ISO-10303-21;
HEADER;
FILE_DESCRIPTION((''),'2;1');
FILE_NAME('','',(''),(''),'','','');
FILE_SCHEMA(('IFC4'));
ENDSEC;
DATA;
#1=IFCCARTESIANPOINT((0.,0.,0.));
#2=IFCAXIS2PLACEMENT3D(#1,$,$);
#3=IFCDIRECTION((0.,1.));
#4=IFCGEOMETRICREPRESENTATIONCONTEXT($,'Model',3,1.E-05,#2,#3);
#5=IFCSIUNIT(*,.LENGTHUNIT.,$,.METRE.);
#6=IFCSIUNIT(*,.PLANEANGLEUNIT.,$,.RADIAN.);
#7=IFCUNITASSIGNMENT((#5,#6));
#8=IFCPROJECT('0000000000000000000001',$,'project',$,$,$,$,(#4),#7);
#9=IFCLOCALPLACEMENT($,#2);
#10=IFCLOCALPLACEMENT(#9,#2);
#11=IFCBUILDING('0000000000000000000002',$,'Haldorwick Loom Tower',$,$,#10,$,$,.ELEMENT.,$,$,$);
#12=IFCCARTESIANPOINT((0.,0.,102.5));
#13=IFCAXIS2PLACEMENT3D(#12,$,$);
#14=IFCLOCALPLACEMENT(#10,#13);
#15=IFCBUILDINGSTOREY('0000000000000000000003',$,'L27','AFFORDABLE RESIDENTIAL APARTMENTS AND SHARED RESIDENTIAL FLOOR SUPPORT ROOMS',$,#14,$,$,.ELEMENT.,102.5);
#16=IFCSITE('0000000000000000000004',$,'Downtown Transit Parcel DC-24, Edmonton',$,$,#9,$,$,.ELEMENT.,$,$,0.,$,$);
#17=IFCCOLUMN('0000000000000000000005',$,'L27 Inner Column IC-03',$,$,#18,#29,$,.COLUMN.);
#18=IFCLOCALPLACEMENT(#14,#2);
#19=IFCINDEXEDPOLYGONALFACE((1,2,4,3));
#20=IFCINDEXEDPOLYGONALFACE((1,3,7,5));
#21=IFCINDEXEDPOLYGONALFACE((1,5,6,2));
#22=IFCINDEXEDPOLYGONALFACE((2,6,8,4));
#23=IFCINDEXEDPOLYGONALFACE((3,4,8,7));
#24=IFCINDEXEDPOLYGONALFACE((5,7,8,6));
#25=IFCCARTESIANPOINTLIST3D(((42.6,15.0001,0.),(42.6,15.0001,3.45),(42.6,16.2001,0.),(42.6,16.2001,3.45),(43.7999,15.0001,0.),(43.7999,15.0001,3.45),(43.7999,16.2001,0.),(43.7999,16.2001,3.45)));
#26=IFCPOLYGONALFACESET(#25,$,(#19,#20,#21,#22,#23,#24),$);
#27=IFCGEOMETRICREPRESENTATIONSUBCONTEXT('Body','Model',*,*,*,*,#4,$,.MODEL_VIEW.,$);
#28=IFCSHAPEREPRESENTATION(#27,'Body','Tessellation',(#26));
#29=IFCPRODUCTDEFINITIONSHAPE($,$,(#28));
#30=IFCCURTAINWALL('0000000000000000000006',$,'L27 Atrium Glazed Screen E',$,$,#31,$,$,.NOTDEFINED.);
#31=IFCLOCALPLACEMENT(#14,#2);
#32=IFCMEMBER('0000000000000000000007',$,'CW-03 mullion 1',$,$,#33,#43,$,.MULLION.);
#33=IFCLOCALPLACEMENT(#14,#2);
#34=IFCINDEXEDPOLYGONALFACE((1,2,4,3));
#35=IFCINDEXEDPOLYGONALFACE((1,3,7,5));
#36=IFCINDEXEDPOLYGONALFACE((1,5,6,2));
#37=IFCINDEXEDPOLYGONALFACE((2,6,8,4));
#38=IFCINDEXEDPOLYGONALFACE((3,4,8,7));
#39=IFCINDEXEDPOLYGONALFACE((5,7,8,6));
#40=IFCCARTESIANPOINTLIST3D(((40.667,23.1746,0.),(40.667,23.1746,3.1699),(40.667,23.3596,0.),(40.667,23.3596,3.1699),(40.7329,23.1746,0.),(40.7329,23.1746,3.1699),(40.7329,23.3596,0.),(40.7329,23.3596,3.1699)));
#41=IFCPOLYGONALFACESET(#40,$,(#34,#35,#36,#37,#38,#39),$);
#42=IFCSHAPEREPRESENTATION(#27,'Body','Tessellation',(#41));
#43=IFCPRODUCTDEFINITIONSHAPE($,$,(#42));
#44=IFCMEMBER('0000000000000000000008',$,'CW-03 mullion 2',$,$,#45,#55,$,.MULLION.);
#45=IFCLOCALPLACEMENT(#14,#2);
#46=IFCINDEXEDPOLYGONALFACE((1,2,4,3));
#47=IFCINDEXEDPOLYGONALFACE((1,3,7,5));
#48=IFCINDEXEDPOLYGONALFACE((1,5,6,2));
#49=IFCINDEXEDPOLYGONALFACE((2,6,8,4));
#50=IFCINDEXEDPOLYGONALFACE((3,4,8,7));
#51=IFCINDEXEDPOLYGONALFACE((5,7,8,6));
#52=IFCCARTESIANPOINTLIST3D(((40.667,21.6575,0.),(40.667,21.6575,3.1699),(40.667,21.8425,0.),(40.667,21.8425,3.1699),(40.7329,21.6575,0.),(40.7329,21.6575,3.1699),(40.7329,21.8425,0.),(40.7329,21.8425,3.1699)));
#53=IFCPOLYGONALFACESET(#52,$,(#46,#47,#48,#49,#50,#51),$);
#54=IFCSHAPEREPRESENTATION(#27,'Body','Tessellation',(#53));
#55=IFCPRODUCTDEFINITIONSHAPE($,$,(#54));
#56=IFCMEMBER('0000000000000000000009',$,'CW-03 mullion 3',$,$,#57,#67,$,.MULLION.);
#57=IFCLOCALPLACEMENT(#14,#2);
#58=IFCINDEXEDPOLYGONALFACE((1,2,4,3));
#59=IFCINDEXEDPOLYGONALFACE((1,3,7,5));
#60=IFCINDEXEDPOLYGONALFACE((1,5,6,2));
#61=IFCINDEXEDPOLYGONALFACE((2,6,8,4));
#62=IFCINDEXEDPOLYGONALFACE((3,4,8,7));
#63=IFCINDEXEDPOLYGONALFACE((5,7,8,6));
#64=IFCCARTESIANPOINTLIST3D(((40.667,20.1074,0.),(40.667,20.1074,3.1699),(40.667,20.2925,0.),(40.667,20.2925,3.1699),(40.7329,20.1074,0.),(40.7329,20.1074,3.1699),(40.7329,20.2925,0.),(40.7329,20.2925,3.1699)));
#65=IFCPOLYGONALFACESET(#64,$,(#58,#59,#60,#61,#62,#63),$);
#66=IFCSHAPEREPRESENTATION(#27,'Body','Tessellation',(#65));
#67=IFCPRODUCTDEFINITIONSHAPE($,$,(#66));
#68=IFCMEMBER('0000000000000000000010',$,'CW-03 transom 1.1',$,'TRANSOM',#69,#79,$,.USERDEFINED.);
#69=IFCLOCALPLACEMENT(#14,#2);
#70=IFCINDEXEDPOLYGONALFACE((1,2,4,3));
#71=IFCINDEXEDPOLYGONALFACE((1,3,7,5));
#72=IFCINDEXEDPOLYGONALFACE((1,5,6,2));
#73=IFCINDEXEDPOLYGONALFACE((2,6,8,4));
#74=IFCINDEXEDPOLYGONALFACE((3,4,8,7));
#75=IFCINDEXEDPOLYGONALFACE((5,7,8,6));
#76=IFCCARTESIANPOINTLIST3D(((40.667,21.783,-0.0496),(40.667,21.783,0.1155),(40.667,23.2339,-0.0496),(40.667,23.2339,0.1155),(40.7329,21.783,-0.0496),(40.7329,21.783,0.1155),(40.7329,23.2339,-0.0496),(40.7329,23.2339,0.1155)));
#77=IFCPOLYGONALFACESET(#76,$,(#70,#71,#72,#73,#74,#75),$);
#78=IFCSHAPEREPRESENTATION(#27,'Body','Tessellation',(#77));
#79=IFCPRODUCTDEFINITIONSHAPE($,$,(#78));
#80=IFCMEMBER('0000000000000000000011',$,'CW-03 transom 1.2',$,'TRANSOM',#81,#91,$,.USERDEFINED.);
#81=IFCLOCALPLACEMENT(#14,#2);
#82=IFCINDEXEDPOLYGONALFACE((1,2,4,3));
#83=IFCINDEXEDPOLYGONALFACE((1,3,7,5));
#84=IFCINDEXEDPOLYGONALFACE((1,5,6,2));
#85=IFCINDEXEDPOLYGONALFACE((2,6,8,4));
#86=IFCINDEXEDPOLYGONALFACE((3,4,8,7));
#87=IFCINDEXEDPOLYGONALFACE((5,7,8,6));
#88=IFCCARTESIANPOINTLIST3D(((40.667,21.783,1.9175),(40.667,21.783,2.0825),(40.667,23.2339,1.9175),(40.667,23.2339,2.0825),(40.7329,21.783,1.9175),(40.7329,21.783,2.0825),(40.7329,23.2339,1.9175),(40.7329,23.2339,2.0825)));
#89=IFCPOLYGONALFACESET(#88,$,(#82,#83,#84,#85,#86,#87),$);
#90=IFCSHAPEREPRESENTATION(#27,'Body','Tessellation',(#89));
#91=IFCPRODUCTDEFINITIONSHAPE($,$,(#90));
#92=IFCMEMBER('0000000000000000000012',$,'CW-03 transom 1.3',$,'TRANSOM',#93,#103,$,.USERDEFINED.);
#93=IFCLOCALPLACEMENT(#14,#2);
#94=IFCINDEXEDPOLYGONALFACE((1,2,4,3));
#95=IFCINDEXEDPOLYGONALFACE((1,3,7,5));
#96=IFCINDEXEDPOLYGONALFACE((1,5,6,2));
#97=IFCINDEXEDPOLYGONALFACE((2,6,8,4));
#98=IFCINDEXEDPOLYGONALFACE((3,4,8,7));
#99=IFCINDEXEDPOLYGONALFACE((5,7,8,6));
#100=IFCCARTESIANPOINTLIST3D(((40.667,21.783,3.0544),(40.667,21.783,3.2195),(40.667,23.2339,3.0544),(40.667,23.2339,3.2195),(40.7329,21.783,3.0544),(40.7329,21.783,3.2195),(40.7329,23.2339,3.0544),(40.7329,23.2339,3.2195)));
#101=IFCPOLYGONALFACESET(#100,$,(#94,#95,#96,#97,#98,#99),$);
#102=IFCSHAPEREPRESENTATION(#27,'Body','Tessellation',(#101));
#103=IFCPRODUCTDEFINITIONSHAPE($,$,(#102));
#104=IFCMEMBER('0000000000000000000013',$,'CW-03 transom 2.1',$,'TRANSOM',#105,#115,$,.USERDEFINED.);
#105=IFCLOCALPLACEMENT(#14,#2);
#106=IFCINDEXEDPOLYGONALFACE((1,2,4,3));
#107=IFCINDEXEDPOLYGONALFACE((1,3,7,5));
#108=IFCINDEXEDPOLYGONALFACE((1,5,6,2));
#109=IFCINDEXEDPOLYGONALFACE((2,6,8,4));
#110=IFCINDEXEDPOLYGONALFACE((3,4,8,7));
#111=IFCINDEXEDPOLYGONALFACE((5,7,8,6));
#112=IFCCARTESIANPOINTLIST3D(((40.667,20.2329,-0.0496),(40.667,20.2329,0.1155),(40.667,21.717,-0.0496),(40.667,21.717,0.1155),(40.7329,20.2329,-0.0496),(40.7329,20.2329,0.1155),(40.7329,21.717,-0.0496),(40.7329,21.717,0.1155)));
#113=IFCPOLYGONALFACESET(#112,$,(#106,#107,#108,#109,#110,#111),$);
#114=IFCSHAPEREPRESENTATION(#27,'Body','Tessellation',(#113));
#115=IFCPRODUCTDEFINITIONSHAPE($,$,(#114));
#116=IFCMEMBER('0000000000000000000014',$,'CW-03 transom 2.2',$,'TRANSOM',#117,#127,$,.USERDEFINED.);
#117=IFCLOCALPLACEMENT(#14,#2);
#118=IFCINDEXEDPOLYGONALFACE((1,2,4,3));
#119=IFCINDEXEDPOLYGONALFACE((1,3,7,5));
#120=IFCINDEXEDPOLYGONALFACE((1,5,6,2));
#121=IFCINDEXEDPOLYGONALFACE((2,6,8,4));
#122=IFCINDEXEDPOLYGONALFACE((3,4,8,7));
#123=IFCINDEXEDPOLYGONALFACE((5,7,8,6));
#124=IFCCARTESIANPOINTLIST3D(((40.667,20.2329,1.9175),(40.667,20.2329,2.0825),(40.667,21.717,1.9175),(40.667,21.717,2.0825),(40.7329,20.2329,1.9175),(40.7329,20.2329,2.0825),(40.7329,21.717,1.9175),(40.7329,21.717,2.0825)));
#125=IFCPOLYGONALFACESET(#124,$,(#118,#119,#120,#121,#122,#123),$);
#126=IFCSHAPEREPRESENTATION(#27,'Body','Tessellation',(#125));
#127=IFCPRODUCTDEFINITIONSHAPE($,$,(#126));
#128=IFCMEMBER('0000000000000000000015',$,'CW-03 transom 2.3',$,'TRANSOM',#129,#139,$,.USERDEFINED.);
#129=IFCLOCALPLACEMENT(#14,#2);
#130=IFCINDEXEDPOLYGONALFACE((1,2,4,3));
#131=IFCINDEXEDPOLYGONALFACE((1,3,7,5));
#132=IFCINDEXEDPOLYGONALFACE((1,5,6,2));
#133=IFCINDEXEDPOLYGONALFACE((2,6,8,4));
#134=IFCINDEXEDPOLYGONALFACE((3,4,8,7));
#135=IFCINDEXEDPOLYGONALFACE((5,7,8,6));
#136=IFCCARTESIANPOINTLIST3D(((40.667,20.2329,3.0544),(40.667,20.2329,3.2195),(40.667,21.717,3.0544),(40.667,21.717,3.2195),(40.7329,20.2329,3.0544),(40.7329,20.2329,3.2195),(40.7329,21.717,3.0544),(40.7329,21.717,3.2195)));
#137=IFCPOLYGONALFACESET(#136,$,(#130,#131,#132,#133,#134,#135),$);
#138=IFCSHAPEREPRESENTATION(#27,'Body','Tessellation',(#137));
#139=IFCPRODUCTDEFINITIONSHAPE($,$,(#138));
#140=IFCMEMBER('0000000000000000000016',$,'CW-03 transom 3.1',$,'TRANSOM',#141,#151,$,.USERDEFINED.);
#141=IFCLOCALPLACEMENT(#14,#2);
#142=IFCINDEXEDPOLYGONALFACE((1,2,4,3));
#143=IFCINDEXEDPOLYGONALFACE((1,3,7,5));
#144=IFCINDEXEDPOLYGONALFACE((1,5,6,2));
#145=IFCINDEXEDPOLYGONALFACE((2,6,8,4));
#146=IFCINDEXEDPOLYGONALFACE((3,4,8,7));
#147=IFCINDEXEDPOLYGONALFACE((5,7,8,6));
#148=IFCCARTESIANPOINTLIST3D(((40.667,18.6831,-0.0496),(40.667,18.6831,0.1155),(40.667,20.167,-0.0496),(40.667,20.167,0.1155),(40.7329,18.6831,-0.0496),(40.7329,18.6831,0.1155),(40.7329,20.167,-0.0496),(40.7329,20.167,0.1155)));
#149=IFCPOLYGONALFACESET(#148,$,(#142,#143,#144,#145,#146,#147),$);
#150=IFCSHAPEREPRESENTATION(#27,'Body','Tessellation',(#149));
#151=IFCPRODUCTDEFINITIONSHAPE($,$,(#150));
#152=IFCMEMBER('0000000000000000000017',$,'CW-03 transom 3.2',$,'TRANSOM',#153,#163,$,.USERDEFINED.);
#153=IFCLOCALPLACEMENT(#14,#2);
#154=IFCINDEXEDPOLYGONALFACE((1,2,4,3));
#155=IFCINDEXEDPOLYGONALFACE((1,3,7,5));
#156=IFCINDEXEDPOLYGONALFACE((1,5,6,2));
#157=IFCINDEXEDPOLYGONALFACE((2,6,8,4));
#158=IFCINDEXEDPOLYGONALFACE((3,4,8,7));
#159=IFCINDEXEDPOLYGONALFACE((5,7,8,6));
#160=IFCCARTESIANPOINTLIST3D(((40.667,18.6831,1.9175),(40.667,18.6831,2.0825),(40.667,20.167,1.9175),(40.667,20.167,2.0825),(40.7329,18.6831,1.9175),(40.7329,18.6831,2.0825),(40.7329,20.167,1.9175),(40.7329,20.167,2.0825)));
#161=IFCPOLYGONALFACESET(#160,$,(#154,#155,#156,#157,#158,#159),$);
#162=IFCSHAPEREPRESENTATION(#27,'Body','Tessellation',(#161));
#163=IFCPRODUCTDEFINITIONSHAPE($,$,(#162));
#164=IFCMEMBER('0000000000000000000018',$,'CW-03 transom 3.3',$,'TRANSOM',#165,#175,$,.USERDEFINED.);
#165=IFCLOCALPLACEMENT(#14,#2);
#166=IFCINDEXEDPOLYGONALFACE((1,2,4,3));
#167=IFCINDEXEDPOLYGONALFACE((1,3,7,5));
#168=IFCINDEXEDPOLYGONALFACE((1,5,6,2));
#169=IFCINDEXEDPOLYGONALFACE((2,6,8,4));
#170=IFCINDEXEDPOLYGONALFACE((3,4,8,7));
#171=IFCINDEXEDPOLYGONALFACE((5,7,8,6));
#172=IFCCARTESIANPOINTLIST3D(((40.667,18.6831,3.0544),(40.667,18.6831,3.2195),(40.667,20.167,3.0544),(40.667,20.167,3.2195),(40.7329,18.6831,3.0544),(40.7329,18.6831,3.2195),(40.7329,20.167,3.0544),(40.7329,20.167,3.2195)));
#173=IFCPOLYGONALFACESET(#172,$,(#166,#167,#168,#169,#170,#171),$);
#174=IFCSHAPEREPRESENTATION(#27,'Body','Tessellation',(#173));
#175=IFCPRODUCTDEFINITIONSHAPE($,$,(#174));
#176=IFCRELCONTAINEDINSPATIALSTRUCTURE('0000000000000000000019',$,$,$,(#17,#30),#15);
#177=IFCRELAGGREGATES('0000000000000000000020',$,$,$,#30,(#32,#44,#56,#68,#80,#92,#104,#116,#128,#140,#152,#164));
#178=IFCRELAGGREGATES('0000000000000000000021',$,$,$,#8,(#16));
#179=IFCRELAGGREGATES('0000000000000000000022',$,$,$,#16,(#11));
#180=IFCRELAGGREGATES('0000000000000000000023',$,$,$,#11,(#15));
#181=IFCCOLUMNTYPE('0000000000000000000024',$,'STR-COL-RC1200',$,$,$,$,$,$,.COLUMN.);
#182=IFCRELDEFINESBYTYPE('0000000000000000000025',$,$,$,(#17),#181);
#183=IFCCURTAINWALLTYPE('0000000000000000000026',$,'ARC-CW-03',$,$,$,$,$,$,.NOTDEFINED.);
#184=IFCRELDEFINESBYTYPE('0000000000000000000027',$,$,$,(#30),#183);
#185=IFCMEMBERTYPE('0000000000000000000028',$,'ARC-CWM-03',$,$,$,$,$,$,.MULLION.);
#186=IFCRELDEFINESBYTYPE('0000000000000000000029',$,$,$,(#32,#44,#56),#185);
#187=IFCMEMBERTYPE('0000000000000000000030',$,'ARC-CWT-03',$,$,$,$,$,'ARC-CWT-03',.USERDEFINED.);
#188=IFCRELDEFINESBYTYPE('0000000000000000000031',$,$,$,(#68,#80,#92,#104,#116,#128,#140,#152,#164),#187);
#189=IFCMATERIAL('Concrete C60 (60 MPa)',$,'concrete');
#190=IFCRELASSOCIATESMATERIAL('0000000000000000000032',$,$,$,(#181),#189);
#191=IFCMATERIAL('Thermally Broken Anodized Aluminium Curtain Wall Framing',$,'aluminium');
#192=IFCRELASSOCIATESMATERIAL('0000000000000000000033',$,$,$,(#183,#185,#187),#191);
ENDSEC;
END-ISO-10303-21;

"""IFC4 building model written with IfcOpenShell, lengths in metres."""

from ifc_helpers import new_model, si_unit, direction, frame, origin, origin_2d, place, context, subcontext, project, spatial, rectangle, extrude, material, material_profile, profile_set, type_object, element, aggregate, save


model = new_model("IFC4")

# Units and contexts
model_context = context("Model", 3, precision=1e-05, world=origin(), true_north=direction((0.0, 1.0)))
body_context = subcontext(model_context, "Body", "Model", "MODEL_VIEW")
ifc_project = project(units=[si_unit("LENGTHUNIT", "METRE"), si_unit("PLANEANGLEUNIT", "RADIAN")], contexts=[model_context])

# Site, building, storey
site_placement = place(None, origin())
site = spatial("IfcSite", under=ifc_project, at=site_placement, Name="Downtown Transit Parcel DC-24, Edmonton", CompositionType="ELEMENT", RefElevation=0.0)
building_placement = place(site_placement, origin())
building = spatial("IfcBuilding", under=site, at=building_placement, Name="Haldorwick Loom Tower", CompositionType="ELEMENT")
storey_placement = place(building_placement, frame((0.0, 0.0, 102.5)))
storey = spatial("IfcBuildingStorey", under=building, at=storey_placement, Name="L27", Description="AFFORDABLE RESIDENTIAL APARTMENTS AND SHARED RESIDENTIAL FLOOR SUPPORT ROOMS", CompositionType="ELEMENT", Elevation=102.5)

# Column
ifc_material_1 = material(Name="Concrete C60 (60 MPa)", Category="concrete")
ifc_material_profile_1 = material_profile(ifc_material_1, rectangle(XDim=1.2, YDim=1.2, at=origin_2d()), Name="RC1200X1200", Category="concrete")
ifc_profile_set_1 = profile_set([ifc_material_profile_1], Name="Concrete C60 (60 MPa)")
column_type = type_object("IfcColumnType", Name="STR-COL-RC1200", PredefinedType="COLUMN", material=ifc_profile_set_1)
column_placement = place(storey_placement, frame((43.2, 15.6001, 0.0), z_axis=(0.0, 0.0, 1.0), x_axis=(1.0, 0.0, 0.0)))
element("IfcColumn", 1, at=column_placement, inside=storey, type_object=column_type, Name="L27 Inner Column IC-03", PredefinedType="COLUMN", context=body_context, shape_type="SweptSolid", body=[
    extrude(rectangle(XDim=1.2, YDim=1.2, at=origin_2d()), origin(), (0.0, 0.0, 1.0), 3.45),
])

# Curtain wall, members
ifc_material_2 = material(Name="Thermally Broken Anodized Aluminium Curtain Wall Framing", Category="aluminium")
curtain_wall_type = type_object("IfcCurtainWallType", Name="ARC-CW-03", PredefinedType="NOTDEFINED", material=ifc_material_2)
curtain_wall_placement = place(storey_placement, origin())
curtain_wall = element("IfcCurtainWall", 2, at=curtain_wall_placement, inside=storey, type_object=curtain_wall_type, Name="L27 Atrium Glazed Screen E", PredefinedType="NOTDEFINED")
ifc_material_profile_2 = material_profile(ifc_material_2, rectangle(XDim=0.0659, YDim=0.1851, at=origin_2d()), Name="ALU_MUL_66X185", Category="aluminium")
ifc_profile_set_2 = profile_set([ifc_material_profile_2], Name="Thermally Broken Anodized Aluminium Curtain Wall Framing")
member_type_1 = type_object("IfcMemberType", Name="ARC-CWM-03", PredefinedType="MULLION", material=ifc_profile_set_2)
member_1_placement = place(storey_placement, frame((40.7, 23.2671, 0.0), z_axis=(0.0, 0.0, 1.0), x_axis=(1.0, 0.0, 0.0)))
member_1 = element("IfcMember", 3, at=member_1_placement, type_object=member_type_1, Name="CW-03 mullion 1", PredefinedType="MULLION", context=body_context, shape_type="SweptSolid", body=[
    extrude(rectangle(XDim=0.0659, YDim=0.1851, at=origin_2d()), origin(), (0.0, 0.0, 1.0), 3.1699),
])
member_2_placement = place(storey_placement, frame((40.7, 21.75, 0.0), z_axis=(0.0, 0.0, 1.0), x_axis=(1.0, 0.0, 0.0)))
member_2 = element("IfcMember", 4, at=member_2_placement, type_object=member_type_1, Name="CW-03 mullion 2", PredefinedType="MULLION", context=body_context, shape_type="SweptSolid", body=[
    extrude(rectangle(XDim=0.0659, YDim=0.1851, at=origin_2d()), origin(), (0.0, 0.0, 1.0), 3.1699),
])
member_3_placement = place(storey_placement, frame((40.7, 20.2, 0.0), z_axis=(0.0, 0.0, 1.0), x_axis=(1.0, 0.0, 0.0)))
member_3 = element("IfcMember", 5, at=member_3_placement, type_object=member_type_1, Name="CW-03 mullion 3", PredefinedType="MULLION", context=body_context, shape_type="SweptSolid", body=[
    extrude(rectangle(XDim=0.0659, YDim=0.1851, at=origin_2d()), origin(), (0.0, 0.0, 1.0), 3.1699),
])
ifc_material_profile_3 = material_profile(ifc_material_2, rectangle(XDim=0.0659, YDim=0.165, at=origin_2d()), Name="ALU_TRN_66X165", Category="aluminium")
ifc_profile_set_3 = profile_set([ifc_material_profile_3], Name="Thermally Broken Anodized Aluminium Curtain Wall Framing")
member_type_2 = type_object("IfcMemberType", Name="ARC-CWT-03", ElementType="ARC-CWT-03", PredefinedType="USERDEFINED", material=ifc_profile_set_3)
member_4_placement = place(storey_placement, frame((40.7, 23.2339, 0.033), z_axis=(0.0, -1.0, 0.0), x_axis=(1.0, 0.0, 0.0)))
member_4 = element("IfcMember", 6, at=member_4_placement, type_object=member_type_2, Name="CW-03 transom 1.1", ObjectType="TRANSOM", PredefinedType="USERDEFINED", context=body_context, shape_type="SweptSolid", body=[
    extrude(rectangle(XDim=0.0659, YDim=0.165, at=origin_2d()), origin(), (0.0, 0.0, 1.0), 1.4509),
])
member_5_placement = place(storey_placement, frame((40.7, 23.2339, 2.0), z_axis=(0.0, -1.0, 0.0), x_axis=(1.0, 0.0, 0.0)))
member_5 = element("IfcMember", 7, at=member_5_placement, type_object=member_type_2, Name="CW-03 transom 1.2", ObjectType="TRANSOM", PredefinedType="USERDEFINED", context=body_context, shape_type="SweptSolid", body=[
    extrude(rectangle(XDim=0.0659, YDim=0.165, at=origin_2d()), origin(), (0.0, 0.0, 1.0), 1.4509),
])
member_6_placement = place(storey_placement, frame((40.7, 23.2339, 3.137), z_axis=(0.0, -1.0, 0.0), x_axis=(1.0, 0.0, 0.0)))
member_6 = element("IfcMember", 8, at=member_6_placement, type_object=member_type_2, Name="CW-03 transom 1.3", ObjectType="TRANSOM", PredefinedType="USERDEFINED", context=body_context, shape_type="SweptSolid", body=[
    extrude(rectangle(XDim=0.0659, YDim=0.165, at=origin_2d()), origin(), (0.0, 0.0, 1.0), 1.4509),
])
member_7_placement = place(storey_placement, frame((40.7, 21.717, 0.033), z_axis=(0.0, -1.0, 0.0), x_axis=(1.0, 0.0, 0.0)))
member_7 = element("IfcMember", 9, at=member_7_placement, type_object=member_type_2, Name="CW-03 transom 2.1", ObjectType="TRANSOM", PredefinedType="USERDEFINED", context=body_context, shape_type="SweptSolid", body=[
    extrude(rectangle(XDim=0.0659, YDim=0.165, at=origin_2d()), origin(), (0.0, 0.0, 1.0), 1.4841),
])
member_8_placement = place(storey_placement, frame((40.7, 21.717, 2.0), z_axis=(0.0, -1.0, 0.0), x_axis=(1.0, 0.0, 0.0)))
member_8 = element("IfcMember", 10, at=member_8_placement, type_object=member_type_2, Name="CW-03 transom 2.2", ObjectType="TRANSOM", PredefinedType="USERDEFINED", context=body_context, shape_type="SweptSolid", body=[
    extrude(rectangle(XDim=0.0659, YDim=0.165, at=origin_2d()), origin(), (0.0, 0.0, 1.0), 1.4841),
])
member_9_placement = place(storey_placement, frame((40.7, 21.717, 3.137), z_axis=(0.0, -1.0, 0.0), x_axis=(1.0, 0.0, 0.0)))
member_9 = element("IfcMember", 11, at=member_9_placement, type_object=member_type_2, Name="CW-03 transom 2.3", ObjectType="TRANSOM", PredefinedType="USERDEFINED", context=body_context, shape_type="SweptSolid", body=[
    extrude(rectangle(XDim=0.0659, YDim=0.165, at=origin_2d()), origin(), (0.0, 0.0, 1.0), 1.4841),
])
member_10_placement = place(storey_placement, frame((40.7, 20.167, 0.033), z_axis=(0.0, -1.0, 0.0), x_axis=(1.0, 0.0, 0.0)))
member_10 = element("IfcMember", 12, at=member_10_placement, type_object=member_type_2, Name="CW-03 transom 3.1", ObjectType="TRANSOM", PredefinedType="USERDEFINED", context=body_context, shape_type="SweptSolid", body=[
    extrude(rectangle(XDim=0.0659, YDim=0.165, at=origin_2d()), origin(), (0.0, 0.0, 1.0), 1.4839),
])
member_11_placement = place(storey_placement, frame((40.7, 20.167, 2.0), z_axis=(0.0, -1.0, 0.0), x_axis=(1.0, 0.0, 0.0)))
member_11 = element("IfcMember", 13, at=member_11_placement, type_object=member_type_2, Name="CW-03 transom 3.2", ObjectType="TRANSOM", PredefinedType="USERDEFINED", context=body_context, shape_type="SweptSolid", body=[
    extrude(rectangle(XDim=0.0659, YDim=0.165, at=origin_2d()), origin(), (0.0, 0.0, 1.0), 1.4839),
])
member_12_placement = place(storey_placement, frame((40.7, 20.167, 3.137), z_axis=(0.0, -1.0, 0.0), x_axis=(1.0, 0.0, 0.0)))
member_12 = element("IfcMember", 14, at=member_12_placement, type_object=member_type_2, Name="CW-03 transom 3.3", ObjectType="TRANSOM", PredefinedType="USERDEFINED", context=body_context, shape_type="SweptSolid", body=[
    extrude(rectangle(XDim=0.0659, YDim=0.165, at=origin_2d()), origin(), (0.0, 0.0, 1.0), 1.4839),
])

aggregate(curtain_wall, [member_1, member_2, member_3, member_4, member_5, member_6, member_7, member_8, member_9, member_10, member_11, member_12])

save(model, "model.ifc")
